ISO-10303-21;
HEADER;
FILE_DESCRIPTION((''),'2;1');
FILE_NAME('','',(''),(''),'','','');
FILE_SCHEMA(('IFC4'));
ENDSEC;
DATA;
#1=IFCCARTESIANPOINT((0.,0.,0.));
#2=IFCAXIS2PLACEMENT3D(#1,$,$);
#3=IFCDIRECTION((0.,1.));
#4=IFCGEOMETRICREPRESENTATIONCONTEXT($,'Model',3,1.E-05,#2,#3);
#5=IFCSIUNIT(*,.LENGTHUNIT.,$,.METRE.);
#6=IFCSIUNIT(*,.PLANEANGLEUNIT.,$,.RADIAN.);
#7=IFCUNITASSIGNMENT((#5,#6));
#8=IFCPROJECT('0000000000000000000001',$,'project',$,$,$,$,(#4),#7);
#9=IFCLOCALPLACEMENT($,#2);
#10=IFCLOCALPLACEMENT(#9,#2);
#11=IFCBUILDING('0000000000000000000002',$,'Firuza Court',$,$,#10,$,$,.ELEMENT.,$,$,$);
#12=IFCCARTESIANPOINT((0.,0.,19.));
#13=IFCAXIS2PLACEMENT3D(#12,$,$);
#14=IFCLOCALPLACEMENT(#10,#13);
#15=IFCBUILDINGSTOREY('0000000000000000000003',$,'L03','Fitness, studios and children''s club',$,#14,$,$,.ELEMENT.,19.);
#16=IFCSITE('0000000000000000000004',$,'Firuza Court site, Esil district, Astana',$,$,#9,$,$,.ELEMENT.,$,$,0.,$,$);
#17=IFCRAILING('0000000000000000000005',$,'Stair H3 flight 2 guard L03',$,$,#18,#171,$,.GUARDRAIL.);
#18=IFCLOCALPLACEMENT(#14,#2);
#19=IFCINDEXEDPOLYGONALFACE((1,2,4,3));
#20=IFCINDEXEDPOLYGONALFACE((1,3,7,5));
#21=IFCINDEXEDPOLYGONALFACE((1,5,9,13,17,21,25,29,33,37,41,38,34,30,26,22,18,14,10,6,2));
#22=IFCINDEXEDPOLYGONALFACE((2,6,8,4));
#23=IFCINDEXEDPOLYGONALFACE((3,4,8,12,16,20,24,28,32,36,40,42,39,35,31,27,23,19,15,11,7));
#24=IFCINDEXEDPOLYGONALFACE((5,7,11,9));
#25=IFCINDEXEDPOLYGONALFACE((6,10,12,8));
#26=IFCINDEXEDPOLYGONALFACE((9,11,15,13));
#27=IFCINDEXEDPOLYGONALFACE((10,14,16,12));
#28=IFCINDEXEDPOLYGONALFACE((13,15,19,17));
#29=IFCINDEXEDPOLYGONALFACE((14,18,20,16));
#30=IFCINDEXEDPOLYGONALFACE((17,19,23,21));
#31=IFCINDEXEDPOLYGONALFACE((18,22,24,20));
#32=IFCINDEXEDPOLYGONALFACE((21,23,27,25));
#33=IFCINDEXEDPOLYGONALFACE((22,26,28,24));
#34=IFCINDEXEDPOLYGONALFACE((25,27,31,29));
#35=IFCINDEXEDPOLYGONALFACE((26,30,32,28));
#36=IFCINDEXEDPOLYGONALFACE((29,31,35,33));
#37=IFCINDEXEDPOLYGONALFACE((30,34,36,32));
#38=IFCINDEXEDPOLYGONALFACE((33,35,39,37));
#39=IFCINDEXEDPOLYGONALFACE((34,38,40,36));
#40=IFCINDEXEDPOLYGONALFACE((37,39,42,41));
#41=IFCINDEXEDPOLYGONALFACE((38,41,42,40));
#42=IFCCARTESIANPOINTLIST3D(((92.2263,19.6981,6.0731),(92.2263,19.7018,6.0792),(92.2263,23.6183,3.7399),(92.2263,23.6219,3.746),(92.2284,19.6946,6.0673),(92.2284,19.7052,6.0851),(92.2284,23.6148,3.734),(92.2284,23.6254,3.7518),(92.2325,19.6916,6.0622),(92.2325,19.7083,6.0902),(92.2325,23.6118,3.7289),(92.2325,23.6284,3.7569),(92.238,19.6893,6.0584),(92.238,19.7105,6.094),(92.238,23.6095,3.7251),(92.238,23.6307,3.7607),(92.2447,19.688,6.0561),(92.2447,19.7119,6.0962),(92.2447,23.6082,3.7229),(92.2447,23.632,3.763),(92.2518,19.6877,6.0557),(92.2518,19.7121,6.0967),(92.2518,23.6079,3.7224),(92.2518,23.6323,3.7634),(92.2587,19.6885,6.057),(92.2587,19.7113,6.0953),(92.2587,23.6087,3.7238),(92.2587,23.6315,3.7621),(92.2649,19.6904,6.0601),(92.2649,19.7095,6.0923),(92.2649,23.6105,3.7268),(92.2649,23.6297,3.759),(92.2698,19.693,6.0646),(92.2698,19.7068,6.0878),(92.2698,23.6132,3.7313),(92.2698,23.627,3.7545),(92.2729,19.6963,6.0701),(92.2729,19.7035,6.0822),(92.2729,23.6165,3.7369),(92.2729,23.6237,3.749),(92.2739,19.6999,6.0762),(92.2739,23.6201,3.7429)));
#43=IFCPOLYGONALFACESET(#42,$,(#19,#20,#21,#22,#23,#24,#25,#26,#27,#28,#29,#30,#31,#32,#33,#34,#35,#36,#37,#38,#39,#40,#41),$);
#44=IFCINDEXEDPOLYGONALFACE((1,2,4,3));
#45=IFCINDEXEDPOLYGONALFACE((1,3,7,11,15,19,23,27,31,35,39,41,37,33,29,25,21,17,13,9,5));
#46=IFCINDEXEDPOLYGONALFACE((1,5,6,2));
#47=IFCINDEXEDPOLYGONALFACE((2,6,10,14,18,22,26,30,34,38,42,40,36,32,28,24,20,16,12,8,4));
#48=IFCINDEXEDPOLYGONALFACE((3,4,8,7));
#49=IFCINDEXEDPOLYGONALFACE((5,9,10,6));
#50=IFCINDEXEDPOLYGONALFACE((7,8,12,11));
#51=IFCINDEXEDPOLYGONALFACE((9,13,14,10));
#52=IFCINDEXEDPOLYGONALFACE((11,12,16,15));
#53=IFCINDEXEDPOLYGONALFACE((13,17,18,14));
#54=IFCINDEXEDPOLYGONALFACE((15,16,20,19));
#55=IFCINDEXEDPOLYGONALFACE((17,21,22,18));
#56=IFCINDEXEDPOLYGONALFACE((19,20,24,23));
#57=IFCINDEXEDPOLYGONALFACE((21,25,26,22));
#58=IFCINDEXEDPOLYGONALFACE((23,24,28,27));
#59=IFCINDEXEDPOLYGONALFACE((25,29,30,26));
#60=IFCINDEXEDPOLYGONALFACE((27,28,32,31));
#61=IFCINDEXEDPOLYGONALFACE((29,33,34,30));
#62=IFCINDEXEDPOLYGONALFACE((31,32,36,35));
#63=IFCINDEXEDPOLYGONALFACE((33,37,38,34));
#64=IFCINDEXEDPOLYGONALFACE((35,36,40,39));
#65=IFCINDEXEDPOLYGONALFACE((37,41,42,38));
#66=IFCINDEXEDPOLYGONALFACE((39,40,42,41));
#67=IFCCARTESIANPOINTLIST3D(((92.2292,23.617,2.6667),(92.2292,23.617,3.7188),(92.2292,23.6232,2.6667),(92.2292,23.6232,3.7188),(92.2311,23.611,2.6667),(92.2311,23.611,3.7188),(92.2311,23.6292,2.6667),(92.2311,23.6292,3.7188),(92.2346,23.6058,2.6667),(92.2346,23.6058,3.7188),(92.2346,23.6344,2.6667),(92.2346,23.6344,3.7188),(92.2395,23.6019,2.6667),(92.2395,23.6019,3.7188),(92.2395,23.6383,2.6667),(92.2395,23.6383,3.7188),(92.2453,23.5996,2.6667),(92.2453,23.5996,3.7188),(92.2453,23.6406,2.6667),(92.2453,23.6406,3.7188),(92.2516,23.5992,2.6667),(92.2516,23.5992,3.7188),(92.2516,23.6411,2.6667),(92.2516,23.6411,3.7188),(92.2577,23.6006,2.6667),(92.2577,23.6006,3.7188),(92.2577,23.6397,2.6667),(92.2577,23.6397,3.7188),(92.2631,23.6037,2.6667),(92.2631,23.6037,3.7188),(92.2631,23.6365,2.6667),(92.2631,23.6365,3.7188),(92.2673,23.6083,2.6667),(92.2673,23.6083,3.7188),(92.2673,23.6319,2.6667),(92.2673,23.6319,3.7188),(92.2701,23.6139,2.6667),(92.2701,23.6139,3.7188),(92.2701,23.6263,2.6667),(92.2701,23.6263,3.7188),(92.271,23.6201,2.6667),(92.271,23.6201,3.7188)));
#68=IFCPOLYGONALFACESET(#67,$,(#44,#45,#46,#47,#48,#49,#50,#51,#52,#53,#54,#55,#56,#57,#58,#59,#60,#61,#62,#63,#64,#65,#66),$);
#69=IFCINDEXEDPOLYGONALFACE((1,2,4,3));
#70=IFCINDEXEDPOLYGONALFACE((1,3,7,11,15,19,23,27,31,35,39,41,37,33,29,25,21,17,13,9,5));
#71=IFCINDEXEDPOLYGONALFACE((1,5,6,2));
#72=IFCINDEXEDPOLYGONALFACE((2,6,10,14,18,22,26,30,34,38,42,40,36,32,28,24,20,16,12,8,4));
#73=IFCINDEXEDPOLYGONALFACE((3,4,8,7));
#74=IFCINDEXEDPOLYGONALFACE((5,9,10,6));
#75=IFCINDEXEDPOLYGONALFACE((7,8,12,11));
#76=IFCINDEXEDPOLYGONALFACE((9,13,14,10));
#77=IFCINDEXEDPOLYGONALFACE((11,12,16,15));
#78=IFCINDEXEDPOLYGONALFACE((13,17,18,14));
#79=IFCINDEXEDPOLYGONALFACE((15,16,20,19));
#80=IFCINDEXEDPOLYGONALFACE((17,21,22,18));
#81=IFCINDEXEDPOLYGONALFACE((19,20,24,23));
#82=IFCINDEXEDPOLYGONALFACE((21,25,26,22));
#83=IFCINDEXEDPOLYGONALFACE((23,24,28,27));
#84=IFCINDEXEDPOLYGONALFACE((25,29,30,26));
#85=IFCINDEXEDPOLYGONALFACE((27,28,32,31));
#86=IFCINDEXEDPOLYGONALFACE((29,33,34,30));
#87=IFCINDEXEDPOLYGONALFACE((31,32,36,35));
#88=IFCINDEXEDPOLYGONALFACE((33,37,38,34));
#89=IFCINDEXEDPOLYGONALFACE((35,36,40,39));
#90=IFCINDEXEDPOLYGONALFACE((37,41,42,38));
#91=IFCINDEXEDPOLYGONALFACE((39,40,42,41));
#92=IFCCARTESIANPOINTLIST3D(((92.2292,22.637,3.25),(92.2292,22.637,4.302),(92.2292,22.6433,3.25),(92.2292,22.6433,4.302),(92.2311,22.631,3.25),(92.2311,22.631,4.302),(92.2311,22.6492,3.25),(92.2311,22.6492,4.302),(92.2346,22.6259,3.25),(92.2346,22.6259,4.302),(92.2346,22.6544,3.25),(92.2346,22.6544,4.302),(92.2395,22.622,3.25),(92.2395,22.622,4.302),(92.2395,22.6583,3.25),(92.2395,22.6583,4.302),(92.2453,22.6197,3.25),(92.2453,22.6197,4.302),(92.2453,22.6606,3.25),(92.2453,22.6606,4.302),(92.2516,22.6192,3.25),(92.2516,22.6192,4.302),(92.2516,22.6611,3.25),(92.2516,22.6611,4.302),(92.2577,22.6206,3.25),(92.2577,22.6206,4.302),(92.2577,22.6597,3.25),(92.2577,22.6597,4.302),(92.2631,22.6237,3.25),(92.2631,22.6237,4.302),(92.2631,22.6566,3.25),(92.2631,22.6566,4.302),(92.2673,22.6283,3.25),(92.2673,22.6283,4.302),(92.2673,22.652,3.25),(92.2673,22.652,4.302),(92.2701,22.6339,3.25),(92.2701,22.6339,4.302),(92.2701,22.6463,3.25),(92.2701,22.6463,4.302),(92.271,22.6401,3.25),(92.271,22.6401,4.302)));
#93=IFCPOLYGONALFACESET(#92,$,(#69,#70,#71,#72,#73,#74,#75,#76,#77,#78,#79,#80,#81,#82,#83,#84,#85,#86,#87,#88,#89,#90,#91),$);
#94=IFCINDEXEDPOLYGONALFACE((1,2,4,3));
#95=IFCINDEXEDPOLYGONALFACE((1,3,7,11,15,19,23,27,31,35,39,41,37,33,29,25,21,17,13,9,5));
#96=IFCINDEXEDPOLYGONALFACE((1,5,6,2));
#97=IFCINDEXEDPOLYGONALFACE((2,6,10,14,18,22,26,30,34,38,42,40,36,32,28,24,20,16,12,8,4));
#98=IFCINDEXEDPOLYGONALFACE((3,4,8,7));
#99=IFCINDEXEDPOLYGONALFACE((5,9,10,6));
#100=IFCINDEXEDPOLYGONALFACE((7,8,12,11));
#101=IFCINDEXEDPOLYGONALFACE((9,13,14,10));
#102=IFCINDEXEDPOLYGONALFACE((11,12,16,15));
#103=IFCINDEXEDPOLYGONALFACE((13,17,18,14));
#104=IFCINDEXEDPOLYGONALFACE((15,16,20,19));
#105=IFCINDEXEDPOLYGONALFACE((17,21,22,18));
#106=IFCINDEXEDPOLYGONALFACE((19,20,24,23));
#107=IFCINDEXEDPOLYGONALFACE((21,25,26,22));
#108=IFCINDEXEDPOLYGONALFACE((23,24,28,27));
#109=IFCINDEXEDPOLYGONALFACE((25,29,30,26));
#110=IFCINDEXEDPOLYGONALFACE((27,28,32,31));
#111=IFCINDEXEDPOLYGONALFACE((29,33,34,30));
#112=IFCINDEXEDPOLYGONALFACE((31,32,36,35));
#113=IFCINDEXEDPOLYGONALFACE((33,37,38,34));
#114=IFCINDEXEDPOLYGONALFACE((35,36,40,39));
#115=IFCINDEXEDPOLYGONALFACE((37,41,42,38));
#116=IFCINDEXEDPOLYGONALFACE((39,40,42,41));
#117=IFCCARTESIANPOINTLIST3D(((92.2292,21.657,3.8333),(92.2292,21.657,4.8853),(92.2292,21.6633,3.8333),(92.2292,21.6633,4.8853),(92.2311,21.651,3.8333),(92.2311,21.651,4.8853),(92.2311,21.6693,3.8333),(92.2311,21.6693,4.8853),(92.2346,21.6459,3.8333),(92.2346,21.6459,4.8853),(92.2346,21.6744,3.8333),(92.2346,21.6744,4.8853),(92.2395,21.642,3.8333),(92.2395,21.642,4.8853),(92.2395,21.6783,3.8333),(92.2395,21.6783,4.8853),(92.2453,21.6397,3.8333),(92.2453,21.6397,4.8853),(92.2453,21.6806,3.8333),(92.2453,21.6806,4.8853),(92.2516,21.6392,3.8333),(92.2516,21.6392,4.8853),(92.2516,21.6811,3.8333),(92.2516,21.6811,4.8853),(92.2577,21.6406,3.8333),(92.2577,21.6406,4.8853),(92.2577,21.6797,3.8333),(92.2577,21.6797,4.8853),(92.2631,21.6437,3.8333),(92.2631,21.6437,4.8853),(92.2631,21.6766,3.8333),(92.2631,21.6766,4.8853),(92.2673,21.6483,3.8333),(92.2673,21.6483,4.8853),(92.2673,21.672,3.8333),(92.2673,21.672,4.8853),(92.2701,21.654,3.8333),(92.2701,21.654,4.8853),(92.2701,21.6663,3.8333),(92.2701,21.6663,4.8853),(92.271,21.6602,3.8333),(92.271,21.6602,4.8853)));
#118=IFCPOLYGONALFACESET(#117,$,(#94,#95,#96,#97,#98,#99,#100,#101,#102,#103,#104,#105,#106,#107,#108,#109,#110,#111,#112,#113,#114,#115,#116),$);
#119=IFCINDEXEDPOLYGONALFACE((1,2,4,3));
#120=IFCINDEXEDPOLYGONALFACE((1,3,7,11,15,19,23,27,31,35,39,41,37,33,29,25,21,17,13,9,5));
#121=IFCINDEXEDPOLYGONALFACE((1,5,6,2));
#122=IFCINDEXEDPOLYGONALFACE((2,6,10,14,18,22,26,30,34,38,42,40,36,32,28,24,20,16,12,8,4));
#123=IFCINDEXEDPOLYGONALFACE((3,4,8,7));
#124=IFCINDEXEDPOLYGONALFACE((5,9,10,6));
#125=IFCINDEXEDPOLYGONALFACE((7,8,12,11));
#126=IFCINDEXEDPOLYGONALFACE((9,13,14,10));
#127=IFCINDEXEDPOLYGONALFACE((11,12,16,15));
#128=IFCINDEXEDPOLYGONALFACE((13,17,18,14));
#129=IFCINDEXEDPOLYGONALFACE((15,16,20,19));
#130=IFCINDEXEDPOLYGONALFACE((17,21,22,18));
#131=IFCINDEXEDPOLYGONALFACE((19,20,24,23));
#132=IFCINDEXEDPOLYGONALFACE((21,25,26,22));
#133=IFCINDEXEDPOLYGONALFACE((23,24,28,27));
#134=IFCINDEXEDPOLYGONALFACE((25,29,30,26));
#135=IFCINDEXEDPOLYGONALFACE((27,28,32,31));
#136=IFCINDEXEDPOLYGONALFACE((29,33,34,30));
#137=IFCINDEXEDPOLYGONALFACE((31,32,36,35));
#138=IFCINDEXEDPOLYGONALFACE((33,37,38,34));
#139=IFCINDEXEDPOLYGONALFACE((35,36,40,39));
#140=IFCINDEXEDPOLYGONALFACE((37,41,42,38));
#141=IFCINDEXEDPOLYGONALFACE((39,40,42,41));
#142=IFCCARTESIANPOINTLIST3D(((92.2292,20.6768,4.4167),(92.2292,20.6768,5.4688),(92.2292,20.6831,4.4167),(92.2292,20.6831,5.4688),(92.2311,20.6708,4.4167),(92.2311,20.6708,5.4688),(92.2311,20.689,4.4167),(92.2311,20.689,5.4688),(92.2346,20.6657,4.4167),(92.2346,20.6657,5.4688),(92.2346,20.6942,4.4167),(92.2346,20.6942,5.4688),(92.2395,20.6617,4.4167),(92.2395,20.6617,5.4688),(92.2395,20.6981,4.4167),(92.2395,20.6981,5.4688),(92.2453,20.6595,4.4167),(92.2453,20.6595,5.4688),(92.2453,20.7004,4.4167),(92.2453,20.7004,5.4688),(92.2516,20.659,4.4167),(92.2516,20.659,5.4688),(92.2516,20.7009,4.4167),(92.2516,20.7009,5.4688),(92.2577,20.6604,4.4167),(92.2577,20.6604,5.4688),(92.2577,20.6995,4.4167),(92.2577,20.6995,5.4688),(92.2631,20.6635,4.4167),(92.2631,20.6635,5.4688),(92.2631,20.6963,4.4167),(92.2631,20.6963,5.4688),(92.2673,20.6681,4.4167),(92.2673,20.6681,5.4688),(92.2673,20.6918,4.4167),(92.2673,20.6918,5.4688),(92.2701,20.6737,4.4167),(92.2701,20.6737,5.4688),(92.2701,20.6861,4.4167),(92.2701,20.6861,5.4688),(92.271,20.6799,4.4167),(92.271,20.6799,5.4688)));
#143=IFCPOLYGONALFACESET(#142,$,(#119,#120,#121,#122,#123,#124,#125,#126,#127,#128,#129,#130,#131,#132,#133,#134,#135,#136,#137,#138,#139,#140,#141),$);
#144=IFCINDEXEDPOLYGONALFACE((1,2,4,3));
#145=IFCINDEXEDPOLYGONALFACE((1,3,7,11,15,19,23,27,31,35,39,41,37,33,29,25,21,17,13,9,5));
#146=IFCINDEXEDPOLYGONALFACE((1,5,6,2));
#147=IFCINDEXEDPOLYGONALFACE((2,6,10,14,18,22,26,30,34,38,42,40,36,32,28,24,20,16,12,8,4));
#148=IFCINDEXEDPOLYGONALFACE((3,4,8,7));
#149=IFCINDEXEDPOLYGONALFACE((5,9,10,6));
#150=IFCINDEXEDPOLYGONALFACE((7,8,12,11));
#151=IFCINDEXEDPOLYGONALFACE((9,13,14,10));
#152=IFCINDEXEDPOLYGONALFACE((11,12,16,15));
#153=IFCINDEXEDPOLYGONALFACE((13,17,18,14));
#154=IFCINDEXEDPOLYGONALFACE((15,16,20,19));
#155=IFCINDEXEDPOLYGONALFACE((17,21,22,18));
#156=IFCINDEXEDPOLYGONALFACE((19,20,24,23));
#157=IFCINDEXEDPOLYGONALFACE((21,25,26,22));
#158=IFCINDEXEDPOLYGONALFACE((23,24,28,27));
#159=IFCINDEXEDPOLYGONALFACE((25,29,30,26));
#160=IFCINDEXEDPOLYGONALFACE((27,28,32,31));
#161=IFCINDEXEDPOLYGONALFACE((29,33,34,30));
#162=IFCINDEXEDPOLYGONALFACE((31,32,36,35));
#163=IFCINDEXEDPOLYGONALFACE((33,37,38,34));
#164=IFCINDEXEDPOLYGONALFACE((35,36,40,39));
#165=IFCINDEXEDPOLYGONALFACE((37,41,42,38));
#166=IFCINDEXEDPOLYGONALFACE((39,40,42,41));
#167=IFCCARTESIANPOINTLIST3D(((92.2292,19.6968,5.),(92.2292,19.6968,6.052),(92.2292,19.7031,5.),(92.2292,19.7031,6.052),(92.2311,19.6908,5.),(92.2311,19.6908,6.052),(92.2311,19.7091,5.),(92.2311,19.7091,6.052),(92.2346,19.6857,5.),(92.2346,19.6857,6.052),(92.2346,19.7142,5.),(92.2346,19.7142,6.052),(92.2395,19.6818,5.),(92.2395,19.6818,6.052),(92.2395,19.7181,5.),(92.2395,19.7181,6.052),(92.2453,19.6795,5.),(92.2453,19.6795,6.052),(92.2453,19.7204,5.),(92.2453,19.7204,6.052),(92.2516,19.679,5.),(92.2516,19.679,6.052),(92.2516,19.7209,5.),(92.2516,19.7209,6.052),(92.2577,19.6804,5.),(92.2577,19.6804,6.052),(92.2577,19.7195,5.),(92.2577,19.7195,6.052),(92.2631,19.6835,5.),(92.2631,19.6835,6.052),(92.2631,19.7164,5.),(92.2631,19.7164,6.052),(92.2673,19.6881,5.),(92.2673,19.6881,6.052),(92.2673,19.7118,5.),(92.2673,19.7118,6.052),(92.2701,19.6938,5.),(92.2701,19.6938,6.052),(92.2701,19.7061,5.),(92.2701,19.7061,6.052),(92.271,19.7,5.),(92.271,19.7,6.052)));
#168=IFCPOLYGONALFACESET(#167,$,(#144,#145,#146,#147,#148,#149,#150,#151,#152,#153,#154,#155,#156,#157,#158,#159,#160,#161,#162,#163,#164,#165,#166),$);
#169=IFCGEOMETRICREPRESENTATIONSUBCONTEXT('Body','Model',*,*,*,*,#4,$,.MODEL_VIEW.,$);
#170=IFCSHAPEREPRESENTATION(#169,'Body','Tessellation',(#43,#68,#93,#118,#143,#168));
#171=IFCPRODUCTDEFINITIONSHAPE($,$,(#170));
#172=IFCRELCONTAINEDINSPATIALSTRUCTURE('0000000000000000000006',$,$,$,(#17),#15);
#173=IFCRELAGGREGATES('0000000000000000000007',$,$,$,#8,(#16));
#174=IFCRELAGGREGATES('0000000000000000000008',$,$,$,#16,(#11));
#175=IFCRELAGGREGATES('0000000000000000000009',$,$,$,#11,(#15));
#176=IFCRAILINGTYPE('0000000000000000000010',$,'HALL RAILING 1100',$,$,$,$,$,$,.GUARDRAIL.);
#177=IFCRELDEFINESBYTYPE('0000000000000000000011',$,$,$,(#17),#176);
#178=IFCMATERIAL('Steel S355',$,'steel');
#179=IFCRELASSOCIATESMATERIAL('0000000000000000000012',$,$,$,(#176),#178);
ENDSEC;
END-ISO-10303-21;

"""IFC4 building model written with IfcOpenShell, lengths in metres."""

from ifc_helpers import new_model, si_unit, direction, frame, origin, origin_2d, place, context, subcontext, project, spatial, circle, extrude, material, type_object, element, save


model = new_model("IFC4")

# Units and contexts
model_context = context("Model", 3, precision=1e-05, world=origin(), true_north=direction((0.0, 1.0)))
body_context = subcontext(model_context, "Body", "Model", "MODEL_VIEW")
ifc_project = project(units=[si_unit("LENGTHUNIT", "METRE"), si_unit("PLANEANGLEUNIT", "RADIAN")], contexts=[model_context])

# Site, building, storey
site_placement = place(None, origin())
site = spatial("IfcSite", under=ifc_project, at=site_placement, Name="Firuza Court site, Esil district, Astana", CompositionType="ELEMENT", RefElevation=0.0)
building_placement = place(site_placement, origin())
building = spatial("IfcBuilding", under=site, at=building_placement, Name="Firuza Court", CompositionType="ELEMENT")
storey_placement = place(building_placement, frame((0.0, 0.0, 19.0)))
storey = spatial("IfcBuildingStorey", under=building, at=storey_placement, Name="L03", Description="Fitness, studios and children's club", CompositionType="ELEMENT", Elevation=19.0)

# Railing
ifc_material_1 = material(Name="Steel S355", Category="steel")
railing_type_1 = type_object("IfcRailingType", Name="HALL RAILING 1100", PredefinedType="GUARDRAIL", material=ifc_material_1)
railing_1_placement = place(storey_placement, frame((92.25, 23.6201, 2.6667)))
element("IfcRailing", 1, at=railing_1_placement, inside=storey, type_object=railing_type_1, Name="Stair H3 flight 2 guard L03", PredefinedType="GUARDRAIL", context=body_context, shape_type="SweptSolid", body=[
    extrude(circle(Radius=0.0239, at=origin_2d()), frame((0.0, 0.0, 1.0762), z_axis=(0.0, -0.85931, 0.511455), x_axis=(1.0, 0.0, 0.0)), (0.0, 0.0, 1.0), 4.562),
    extrude(circle(Radius=0.021, at=origin_2d()), origin(), (0.0, 0.0, 1.0), 1.052),
    extrude(circle(Radius=0.021, at=origin_2d()), frame((0.0, -0.98, 0.5833)), (0.0, 0.0, 1.0), 1.052),
    extrude(circle(Radius=0.021, at=origin_2d()), frame((0.0, -1.96, 1.1665)), (0.0, 0.0, 1.0), 1.052),
    extrude(circle(Radius=0.021, at=origin_2d()), frame((0.0, -2.9402, 1.75)), (0.0, 0.0, 1.0), 1.052),
    extrude(circle(Radius=0.021, at=origin_2d()), frame((0.0, -3.9202, 2.3333)), (0.0, 0.0, 1.0), 1.052),
])

save(model, "model.ifc")
